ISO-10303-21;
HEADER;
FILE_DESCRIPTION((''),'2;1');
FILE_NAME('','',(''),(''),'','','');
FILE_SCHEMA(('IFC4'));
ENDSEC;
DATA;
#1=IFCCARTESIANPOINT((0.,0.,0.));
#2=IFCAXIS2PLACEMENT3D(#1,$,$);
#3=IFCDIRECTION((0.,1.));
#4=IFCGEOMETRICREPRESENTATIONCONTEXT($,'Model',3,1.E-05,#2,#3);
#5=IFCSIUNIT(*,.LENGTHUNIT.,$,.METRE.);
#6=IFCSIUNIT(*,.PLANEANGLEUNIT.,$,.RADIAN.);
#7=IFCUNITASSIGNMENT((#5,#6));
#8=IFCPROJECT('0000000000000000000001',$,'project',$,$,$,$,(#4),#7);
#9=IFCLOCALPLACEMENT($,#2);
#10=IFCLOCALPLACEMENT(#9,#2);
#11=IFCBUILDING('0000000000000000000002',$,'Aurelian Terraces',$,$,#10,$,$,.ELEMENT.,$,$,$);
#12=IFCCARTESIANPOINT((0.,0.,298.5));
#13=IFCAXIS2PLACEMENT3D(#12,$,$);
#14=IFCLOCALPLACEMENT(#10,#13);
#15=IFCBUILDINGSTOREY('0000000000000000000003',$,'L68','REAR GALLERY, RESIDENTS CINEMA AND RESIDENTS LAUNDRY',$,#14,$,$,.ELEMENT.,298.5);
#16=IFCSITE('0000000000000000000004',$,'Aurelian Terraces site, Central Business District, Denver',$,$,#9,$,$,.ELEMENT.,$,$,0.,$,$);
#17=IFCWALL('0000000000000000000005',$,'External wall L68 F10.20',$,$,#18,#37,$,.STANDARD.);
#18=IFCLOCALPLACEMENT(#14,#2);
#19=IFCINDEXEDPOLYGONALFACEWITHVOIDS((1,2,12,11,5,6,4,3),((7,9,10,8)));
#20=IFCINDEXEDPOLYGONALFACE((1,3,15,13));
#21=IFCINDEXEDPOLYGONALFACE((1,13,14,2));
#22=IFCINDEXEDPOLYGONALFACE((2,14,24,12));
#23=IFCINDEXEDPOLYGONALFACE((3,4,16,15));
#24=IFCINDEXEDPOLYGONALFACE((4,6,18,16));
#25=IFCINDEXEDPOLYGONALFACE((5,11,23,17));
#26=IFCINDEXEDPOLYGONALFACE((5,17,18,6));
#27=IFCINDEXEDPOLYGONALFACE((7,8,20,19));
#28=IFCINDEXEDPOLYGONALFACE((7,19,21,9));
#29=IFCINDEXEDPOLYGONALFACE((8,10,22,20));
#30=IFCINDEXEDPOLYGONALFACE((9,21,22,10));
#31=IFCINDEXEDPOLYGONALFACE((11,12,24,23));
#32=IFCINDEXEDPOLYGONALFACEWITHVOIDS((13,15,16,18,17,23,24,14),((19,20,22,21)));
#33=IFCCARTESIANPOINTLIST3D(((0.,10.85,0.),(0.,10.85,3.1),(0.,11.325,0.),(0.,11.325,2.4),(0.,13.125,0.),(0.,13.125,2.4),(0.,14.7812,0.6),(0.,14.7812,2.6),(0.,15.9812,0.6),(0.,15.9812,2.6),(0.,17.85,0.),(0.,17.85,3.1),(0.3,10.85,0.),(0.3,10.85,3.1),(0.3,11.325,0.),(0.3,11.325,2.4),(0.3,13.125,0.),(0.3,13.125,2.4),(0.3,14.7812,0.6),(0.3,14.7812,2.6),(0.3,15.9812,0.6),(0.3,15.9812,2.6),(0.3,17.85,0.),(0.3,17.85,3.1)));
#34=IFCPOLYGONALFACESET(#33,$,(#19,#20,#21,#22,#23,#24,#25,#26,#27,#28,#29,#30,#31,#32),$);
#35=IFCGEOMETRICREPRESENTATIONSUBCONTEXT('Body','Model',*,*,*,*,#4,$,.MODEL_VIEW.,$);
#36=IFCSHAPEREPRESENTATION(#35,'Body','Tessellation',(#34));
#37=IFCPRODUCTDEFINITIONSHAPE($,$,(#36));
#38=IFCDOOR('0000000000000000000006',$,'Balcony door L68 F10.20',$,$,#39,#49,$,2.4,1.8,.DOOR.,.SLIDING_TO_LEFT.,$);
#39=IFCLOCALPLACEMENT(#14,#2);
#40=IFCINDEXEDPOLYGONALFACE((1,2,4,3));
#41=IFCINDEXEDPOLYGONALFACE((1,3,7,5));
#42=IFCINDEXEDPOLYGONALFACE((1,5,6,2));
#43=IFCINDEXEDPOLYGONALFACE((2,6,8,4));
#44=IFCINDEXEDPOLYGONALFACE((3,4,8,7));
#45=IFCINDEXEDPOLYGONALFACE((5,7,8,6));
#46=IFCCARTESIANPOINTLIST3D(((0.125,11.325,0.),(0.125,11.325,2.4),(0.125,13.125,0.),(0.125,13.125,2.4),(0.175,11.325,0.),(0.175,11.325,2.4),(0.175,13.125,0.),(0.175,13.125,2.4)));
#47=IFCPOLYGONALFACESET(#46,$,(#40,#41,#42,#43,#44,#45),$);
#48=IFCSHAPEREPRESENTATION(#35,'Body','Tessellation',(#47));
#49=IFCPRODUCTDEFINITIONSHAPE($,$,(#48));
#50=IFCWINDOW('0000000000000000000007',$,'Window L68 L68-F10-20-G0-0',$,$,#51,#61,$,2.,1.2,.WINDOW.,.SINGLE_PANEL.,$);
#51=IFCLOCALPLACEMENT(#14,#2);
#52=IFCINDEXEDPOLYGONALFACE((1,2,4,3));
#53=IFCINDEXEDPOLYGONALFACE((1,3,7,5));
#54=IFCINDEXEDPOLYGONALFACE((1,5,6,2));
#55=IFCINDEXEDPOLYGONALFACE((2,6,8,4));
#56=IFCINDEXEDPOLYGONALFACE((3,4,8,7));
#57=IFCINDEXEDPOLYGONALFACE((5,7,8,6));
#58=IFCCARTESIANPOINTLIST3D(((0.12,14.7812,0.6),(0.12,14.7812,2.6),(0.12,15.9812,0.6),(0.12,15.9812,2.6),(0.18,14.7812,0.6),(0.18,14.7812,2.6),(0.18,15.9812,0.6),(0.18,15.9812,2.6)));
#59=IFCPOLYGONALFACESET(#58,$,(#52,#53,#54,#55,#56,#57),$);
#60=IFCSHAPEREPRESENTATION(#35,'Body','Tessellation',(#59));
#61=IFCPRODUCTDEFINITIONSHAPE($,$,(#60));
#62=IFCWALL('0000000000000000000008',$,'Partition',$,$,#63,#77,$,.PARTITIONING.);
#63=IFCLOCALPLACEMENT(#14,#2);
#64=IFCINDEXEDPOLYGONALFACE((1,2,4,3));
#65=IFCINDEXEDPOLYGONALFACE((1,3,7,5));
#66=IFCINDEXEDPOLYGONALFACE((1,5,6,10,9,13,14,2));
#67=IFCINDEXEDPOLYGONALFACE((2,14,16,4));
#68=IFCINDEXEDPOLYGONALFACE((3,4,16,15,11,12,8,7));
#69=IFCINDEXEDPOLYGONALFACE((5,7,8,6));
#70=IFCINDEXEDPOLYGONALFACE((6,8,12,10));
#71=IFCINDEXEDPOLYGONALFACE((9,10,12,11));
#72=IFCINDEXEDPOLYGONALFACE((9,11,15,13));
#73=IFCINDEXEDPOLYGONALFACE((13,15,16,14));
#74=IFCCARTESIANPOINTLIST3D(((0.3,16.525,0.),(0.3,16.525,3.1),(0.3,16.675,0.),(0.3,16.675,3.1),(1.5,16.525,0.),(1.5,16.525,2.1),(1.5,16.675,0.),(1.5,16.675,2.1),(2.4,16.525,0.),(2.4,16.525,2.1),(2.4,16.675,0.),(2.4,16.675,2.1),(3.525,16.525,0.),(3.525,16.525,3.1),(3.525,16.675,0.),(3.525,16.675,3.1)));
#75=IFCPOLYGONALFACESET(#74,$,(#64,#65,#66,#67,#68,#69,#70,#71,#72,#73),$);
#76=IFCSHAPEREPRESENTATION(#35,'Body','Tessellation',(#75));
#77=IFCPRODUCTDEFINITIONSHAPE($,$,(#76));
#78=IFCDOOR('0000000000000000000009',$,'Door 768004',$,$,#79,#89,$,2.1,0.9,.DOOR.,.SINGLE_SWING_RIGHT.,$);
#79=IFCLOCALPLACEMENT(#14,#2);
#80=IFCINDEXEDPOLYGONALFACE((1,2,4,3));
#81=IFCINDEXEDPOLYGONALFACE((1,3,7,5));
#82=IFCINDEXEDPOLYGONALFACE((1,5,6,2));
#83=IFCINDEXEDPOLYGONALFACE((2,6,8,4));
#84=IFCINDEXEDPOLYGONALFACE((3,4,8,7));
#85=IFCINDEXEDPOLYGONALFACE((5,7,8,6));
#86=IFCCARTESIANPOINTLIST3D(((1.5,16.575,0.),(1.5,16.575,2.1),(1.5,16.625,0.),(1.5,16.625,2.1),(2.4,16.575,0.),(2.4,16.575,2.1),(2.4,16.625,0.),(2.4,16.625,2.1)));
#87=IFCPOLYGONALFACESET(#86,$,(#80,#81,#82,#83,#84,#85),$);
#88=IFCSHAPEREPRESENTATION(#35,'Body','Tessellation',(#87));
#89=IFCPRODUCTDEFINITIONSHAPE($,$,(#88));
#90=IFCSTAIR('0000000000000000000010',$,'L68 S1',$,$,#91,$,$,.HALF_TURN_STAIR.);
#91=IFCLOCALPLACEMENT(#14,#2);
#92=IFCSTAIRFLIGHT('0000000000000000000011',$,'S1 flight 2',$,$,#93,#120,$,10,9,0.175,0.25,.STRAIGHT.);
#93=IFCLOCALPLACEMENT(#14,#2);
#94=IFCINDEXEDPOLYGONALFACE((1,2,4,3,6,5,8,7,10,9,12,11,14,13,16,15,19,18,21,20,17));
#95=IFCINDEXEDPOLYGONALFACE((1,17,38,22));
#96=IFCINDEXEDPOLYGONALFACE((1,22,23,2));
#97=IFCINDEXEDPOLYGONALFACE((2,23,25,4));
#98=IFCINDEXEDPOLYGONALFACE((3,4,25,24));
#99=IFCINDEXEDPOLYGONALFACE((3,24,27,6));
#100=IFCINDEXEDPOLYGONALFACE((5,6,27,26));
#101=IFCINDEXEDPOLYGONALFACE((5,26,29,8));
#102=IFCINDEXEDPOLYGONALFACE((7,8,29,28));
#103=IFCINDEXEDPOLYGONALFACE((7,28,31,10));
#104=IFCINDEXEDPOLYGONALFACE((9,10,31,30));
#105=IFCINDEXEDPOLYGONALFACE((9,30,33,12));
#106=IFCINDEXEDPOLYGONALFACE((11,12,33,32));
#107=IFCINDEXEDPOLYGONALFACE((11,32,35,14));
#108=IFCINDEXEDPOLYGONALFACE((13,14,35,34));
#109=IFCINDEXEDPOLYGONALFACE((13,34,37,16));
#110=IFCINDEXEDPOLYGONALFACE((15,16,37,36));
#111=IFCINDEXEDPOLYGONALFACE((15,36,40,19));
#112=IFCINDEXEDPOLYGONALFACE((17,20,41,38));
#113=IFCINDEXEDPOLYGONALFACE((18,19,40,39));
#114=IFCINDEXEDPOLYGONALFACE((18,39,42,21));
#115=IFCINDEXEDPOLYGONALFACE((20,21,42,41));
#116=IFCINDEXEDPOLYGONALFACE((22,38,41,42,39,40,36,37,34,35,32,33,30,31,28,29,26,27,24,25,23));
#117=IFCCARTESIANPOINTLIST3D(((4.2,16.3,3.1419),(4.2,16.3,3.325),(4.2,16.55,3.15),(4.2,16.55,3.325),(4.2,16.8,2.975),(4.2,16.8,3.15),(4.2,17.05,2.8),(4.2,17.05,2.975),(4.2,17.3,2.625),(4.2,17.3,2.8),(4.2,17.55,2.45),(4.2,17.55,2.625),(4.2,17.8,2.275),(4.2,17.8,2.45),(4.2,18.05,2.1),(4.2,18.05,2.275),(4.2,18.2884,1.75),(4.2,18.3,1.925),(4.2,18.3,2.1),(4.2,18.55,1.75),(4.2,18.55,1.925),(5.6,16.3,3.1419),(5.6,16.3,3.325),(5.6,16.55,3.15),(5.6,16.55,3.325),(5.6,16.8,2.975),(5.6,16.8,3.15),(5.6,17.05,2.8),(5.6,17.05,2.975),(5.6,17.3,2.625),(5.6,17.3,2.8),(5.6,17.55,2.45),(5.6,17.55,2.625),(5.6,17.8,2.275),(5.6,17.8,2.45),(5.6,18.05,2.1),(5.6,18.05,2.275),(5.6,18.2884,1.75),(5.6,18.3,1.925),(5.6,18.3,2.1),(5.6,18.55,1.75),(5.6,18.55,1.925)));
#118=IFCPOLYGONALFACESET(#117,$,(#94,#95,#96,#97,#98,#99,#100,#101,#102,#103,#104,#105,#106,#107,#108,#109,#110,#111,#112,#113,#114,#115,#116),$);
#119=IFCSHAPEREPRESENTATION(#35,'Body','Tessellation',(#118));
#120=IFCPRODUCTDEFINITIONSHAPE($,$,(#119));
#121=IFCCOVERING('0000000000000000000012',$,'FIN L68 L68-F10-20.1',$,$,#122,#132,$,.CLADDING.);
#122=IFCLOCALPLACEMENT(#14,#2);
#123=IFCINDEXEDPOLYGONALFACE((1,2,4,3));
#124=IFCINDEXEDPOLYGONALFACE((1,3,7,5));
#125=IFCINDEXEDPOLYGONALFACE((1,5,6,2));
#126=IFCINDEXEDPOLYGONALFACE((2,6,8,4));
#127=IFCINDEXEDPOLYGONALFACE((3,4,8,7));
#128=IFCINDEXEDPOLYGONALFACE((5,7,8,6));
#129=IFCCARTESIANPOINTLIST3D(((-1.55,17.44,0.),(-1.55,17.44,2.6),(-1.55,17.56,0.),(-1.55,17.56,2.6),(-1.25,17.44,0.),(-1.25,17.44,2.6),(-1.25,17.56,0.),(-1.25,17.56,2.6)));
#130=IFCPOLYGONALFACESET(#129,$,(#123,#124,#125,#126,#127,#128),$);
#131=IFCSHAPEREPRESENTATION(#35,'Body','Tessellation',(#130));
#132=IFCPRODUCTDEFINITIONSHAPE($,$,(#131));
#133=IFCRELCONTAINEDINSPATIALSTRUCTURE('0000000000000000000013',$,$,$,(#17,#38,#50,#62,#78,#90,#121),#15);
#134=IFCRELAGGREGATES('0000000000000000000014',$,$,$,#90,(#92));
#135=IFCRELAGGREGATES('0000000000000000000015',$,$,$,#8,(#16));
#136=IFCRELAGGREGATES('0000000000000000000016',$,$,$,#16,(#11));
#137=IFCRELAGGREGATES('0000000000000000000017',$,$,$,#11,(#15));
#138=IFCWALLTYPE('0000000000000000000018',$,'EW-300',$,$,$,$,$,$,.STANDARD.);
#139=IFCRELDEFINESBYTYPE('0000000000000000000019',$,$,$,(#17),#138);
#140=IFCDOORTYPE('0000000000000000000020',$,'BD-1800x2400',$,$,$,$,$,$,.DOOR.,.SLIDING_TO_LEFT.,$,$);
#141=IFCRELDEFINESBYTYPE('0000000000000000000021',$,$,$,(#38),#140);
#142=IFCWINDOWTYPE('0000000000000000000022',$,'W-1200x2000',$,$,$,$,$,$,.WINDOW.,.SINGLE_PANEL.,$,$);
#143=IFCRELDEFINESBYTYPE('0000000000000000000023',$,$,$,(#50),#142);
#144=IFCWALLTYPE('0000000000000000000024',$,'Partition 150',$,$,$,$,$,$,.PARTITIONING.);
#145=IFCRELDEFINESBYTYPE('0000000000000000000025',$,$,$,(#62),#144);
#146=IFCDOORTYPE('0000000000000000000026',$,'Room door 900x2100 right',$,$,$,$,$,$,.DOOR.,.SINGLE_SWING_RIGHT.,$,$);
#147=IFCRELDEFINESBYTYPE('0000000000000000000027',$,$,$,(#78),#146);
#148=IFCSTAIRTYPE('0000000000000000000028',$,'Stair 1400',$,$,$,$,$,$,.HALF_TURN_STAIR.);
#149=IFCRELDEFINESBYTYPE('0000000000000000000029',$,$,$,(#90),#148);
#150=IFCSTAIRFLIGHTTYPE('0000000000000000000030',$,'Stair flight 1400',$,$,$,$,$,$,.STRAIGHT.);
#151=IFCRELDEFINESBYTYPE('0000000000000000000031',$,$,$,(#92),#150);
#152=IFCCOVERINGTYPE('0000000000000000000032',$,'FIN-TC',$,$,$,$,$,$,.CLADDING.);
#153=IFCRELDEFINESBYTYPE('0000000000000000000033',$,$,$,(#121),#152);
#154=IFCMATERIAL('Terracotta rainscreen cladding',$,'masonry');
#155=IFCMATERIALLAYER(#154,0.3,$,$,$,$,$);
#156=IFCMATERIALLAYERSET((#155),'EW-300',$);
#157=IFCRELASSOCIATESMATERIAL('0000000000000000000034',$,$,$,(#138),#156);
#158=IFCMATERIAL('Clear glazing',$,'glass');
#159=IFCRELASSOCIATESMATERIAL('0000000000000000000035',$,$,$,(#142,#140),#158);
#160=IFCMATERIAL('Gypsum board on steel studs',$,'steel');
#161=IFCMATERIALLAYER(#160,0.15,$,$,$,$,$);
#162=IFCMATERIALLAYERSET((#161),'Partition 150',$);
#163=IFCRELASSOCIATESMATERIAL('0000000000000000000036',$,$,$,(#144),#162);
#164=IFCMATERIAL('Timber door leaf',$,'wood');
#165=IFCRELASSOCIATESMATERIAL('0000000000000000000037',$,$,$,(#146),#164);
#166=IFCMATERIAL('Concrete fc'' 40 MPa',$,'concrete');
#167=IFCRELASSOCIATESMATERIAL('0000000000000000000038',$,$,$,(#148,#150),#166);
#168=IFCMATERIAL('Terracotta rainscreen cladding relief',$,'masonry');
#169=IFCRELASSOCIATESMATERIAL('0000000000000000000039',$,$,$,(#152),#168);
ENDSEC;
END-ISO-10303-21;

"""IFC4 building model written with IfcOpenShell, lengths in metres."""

from ifc_helpers import new_model, si_unit, direction, frame, frame_2d, origin, origin_2d, place, context, subcontext, project, spatial, polyline, rectangle, outline, extrude, source, transform, mapped, material, layer, layer_set, type_object, element, fill, aggregate, save


model = new_model("IFC4")

# Units and contexts
model_context = context("Model", 3, precision=1e-05, world=origin(), true_north=direction((0.0, 1.0)))
body_context = subcontext(model_context, "Body", "Model", "MODEL_VIEW")
ifc_project = project(units=[si_unit("LENGTHUNIT", "METRE"), si_unit("PLANEANGLEUNIT", "RADIAN")], contexts=[model_context])

# Site, building, storey
site_placement = place(None, origin())
site = spatial("IfcSite", under=ifc_project, at=site_placement, Name="Aurelian Terraces site, Central Business District, Denver", CompositionType="ELEMENT", RefElevation=0.0)
building_placement = place(site_placement, origin())
building = spatial("IfcBuilding", under=site, at=building_placement, Name="Aurelian Terraces", CompositionType="ELEMENT")
storey_placement = place(building_placement, frame((0.0, 0.0, 298.5)))
storey = spatial("IfcBuildingStorey", under=building, at=storey_placement, Name="L68", Description="REAR GALLERY, RESIDENTS CINEMA AND RESIDENTS LAUNDRY", CompositionType="ELEMENT", Elevation=298.5)

# Shared definitions
ifc_material_1 = material(Name="Terracotta rainscreen cladding", Category="masonry")
ifc_layer_1 = layer(ifc_material_1, 0.3)
ifc_layer_set_1 = layer_set([ifc_layer_1], Name="EW-300")
wall_type_1 = type_object("IfcWallType", Name="EW-300", PredefinedType="STANDARD", material=ifc_layer_set_1)
ifc_material_2 = material(Name="Clear glazing", Category="glass")
shared_shape_1 = source(origin(), body_context, "Body", "SweptSolid", [
    extrude(rectangle(XDim=1.2, YDim=2.0, at=frame_2d((0.6, 1.0))), frame((0.0, 0.16, 0.0), z_axis=(0.0, -1.0, 0.0), x_axis=(1.0, 0.0, 0.0)), (0.0, 0.0, 1.0), 0.32),
])
window_type_1 = type_object("IfcWindowType", Name="W-1200x2000", PartitioningType="SINGLE_PANEL", PredefinedType="WINDOW", material=ifc_material_2)
shared_shape_2 = source(origin(), body_context, "Body", "SweptSolid", [
    extrude(rectangle(XDim=1.2, YDim=2.0, at=frame_2d((0.6, 1.0))), frame((0.0, 0.03, 0.0), z_axis=(0.0, -1.0, 0.0), x_axis=(1.0, 0.0, 0.0)), (0.0, 0.0, 1.0), 0.06),
])

# Wall, openings, door, window
shared_shape_3 = source(origin(), body_context, "Body", "SweptSolid", [
    extrude(rectangle(XDim=7.0, YDim=0.3, at=frame_2d((3.5, 0.0))), origin(), (0.0, 0.0, 1.0), 3.1),
])
wall_1_placement = place(storey_placement, frame((0.15, 17.85, 0.0), z_axis=(0.0, 0.0, 1.0), x_axis=(0.0, -1.0, 0.0)))
wall_1 = element("IfcWall", 1, at=wall_1_placement, inside=storey, type_object=wall_type_1, Name="External wall L68 F10.20", PredefinedType="STANDARD", context=body_context, shape_type="MappedRepresentation", body=[
    mapped(shared_shape_3, transform((0.0, 0.0, 0.0), scale=1.0)),
])
shared_shape_4 = source(origin(), body_context, "Body", "SweptSolid", [
    extrude(rectangle(XDim=1.8, YDim=2.4, at=frame_2d((0.9, 1.2))), frame((0.0, 0.16, 0.0), z_axis=(0.0, -1.0, 0.0), x_axis=(1.0, 0.0, 0.0)), (0.0, 0.0, 1.0), 0.32),
])
opening_1_placement = place(wall_1_placement, frame((4.725, 0.0, 0.0)))
opening_1 = element("IfcOpeningElement", 2, at=opening_1_placement, cuts=wall_1, PredefinedType="OPENING", context=body_context, shape_type="MappedRepresentation", body=[
    mapped(shared_shape_4, transform((0.0, 0.0, 0.0), scale=1.0)),
])
opening_2_placement = place(wall_1_placement, frame((1.8688, 0.0, 0.6)))
opening_2 = element("IfcOpeningElement", 3, at=opening_2_placement, cuts=wall_1, PredefinedType="OPENING", context=body_context, shape_type="MappedRepresentation", body=[
    mapped(shared_shape_1, transform((0.0, 0.0, 0.0), scale=1.0)),
])
door_type_1 = type_object("IfcDoorType", Name="BD-1800x2400", OperationType="SLIDING_TO_LEFT", PredefinedType="DOOR", material=ifc_material_2)
shared_shape_5 = source(origin(), body_context, "Body", "SweptSolid", [
    extrude(rectangle(XDim=1.8, YDim=2.4, at=frame_2d((0.9, 1.2))), frame((0.0, 0.025, 0.0), z_axis=(0.0, -1.0, 0.0), x_axis=(1.0, 0.0, 0.0)), (0.0, 0.0, 1.0), 0.05),
])
door_1_placement = place(opening_1_placement, origin())
door_1 = element("IfcDoor", 4, at=door_1_placement, inside=storey, type_object=door_type_1, Name="Balcony door L68 F10.20", OperationType="SLIDING_TO_LEFT", OverallHeight=2.4, OverallWidth=1.8, PredefinedType="DOOR", context=body_context, shape_type="MappedRepresentation", body=[
    mapped(shared_shape_5, transform((0.0, 0.0, 0.0), scale=1.0)),
])
fill(opening_1, door_1)
window_1_placement = place(opening_2_placement, origin())
window_1 = element("IfcWindow", 5, at=window_1_placement, inside=storey, type_object=window_type_1, Name="Window L68 L68-F10-20-G0-0", OverallHeight=2.0, OverallWidth=1.2, PartitioningType="SINGLE_PANEL", PredefinedType="WINDOW", context=body_context, shape_type="MappedRepresentation", body=[
    mapped(shared_shape_2, transform((0.0, 0.0, 0.0), scale=1.0)),
])
fill(opening_2, window_1)

# Wall, opening, door
ifc_material_3 = material(Name="Gypsum board on steel studs", Category="steel")
ifc_layer_2 = layer(ifc_material_3, 0.15)
ifc_layer_set_2 = layer_set([ifc_layer_2], Name="Partition 150")
wall_type_2 = type_object("IfcWallType", Name="Partition 150", PredefinedType="PARTITIONING", material=ifc_layer_set_2)
shared_shape_6 = source(origin(), body_context, "Body", "SweptSolid", [
    extrude(rectangle(XDim=3.225, YDim=0.15, at=frame_2d((1.6125, 0.0))), origin(), (0.0, 0.0, 1.0), 3.1),
])
wall_2_placement = place(storey_placement, frame((0.3, 16.6, 0.0), z_axis=(0.0, 0.0, 1.0), x_axis=(1.0, 0.0, 0.0)))
wall_2 = element("IfcWall", 6, at=wall_2_placement, inside=storey, type_object=wall_type_2, Name="Partition", PredefinedType="PARTITIONING", context=body_context, shape_type="MappedRepresentation", body=[
    mapped(shared_shape_6, transform((0.0, 0.0, 0.0), scale=1.0)),
])
shared_shape_7 = source(origin(), body_context, "Body", "SweptSolid", [
    extrude(rectangle(XDim=0.9, YDim=2.1, at=frame_2d((0.45, 1.05))), frame((0.0, 0.085, 0.0), z_axis=(0.0, -1.0, 0.0), x_axis=(1.0, 0.0, 0.0)), (0.0, 0.0, 1.0), 0.17),
])
opening_3_placement = place(wall_2_placement, frame((1.2, 0.0, 0.0)))
opening_3 = element("IfcOpeningElement", 7, at=opening_3_placement, cuts=wall_2, PredefinedType="OPENING", context=body_context, shape_type="MappedRepresentation", body=[
    mapped(shared_shape_7, transform((0.0, 0.0, 0.0), scale=1.0)),
])
ifc_material_4 = material(Name="Timber door leaf", Category="wood")
door_type_2 = type_object("IfcDoorType", Name="Room door 900x2100 right", OperationType="SINGLE_SWING_RIGHT", PredefinedType="DOOR", material=ifc_material_4)
shared_shape_8 = source(origin(), body_context, "Body", "SweptSolid", [
    extrude(rectangle(XDim=0.9, YDim=2.1, at=frame_2d((0.45, 1.05))), frame((0.0, 0.025, 0.0), z_axis=(0.0, -1.0, 0.0), x_axis=(1.0, 0.0, 0.0)), (0.0, 0.0, 1.0), 0.05),
])
door_2_placement = place(opening_3_placement, origin())
door_2 = element("IfcDoor", 8, at=door_2_placement, inside=storey, type_object=door_type_2, Name="Door 768004", OperationType="SINGLE_SWING_RIGHT", OverallHeight=2.1, OverallWidth=0.9, PredefinedType="DOOR", context=body_context, shape_type="MappedRepresentation", body=[
    mapped(shared_shape_8, transform((0.0, 0.0, 0.0), scale=1.0)),
])
fill(opening_3, door_2)

# Stair, stair flight
ifc_material_5 = material(Name="Concrete fc' 40 MPa", Category="concrete")
stair_type = type_object("IfcStairType", Name="Stair 1400", PredefinedType="HALF_TURN_STAIR", material=ifc_material_5)
stair_placement = place(storey_placement, origin())
stair = element("IfcStair", 9, at=stair_placement, inside=storey, type_object=stair_type, Name="L68 S1", PredefinedType="HALF_TURN_STAIR")
stair_flight_type = type_object("IfcStairFlightType", Name="Stair flight 1400", PredefinedType="STRAIGHT", material=ifc_material_5)
shared_shape_9 = source(origin(), body_context, "Body", "SweptSolid", [
    extrude(outline(polyline([(0.0, 0.0), (0.0, 0.175), (0.25, 0.175), (0.25, 0.35), (0.5, 0.35), (0.5, 0.525), (0.75, 0.525), (0.75, 0.7), (1.0, 0.7), (1.0, 0.875), (1.25, 0.875), (1.25, 1.05), (1.5, 1.05), (1.5, 1.225), (1.75, 1.225), (1.75, 1.4), (2.0, 1.4), (2.0, 1.575), (2.25, 1.575), (2.25, 1.75), (2.25, 1.3919), (0.2616, 0.0), (0.0, 0.0)])), frame((0.0, 0.7, 0.0), z_axis=(0.0, -1.0, 0.0), x_axis=(1.0, 0.0, 0.0)), (0.0, 0.0, 1.0), 1.4),
])
stair_flight_placement = place(storey_placement, frame((4.9, 18.55, 1.75), z_axis=(0.0, 0.0, 1.0), x_axis=(0.0, -1.0, 0.0)))
stair_flight = element("IfcStairFlight", 10, at=stair_flight_placement, type_object=stair_flight_type, Name="S1 flight 2", NumberOfRisers=10, NumberOfTreads=9, PredefinedType="STRAIGHT", RiserHeight=0.175, TreadLength=0.25, context=body_context, shape_type="MappedRepresentation", body=[
    mapped(shared_shape_9, transform((0.0, 0.0, 0.0), scale=1.0)),
])
aggregate(stair, [stair_flight])

# Covering
ifc_material_6 = material(Name="Terracotta rainscreen cladding relief", Category="masonry")
covering_type = type_object("IfcCoveringType", Name="FIN-TC", PredefinedType="CLADDING", material=ifc_material_6)
shared_shape_10 = source(origin(), body_context, "Body", "SweptSolid", [
    extrude(rectangle(XDim=0.3, YDim=0.12, at=origin_2d()), origin(), (0.0, 0.0, 1.0), 2.6),
])
covering_placement = place(storey_placement, frame((-1.4, 17.5, 0.0), z_axis=(0.0, 0.0, 1.0), x_axis=(1.0, 0.0, 0.0)))
element("IfcCovering", 11, at=covering_placement, inside=storey, type_object=covering_type, Name="FIN L68 L68-F10-20.1", PredefinedType="CLADDING", context=body_context, shape_type="MappedRepresentation", body=[
    mapped(shared_shape_10, transform((0.0, 0.0, 0.0), scale=1.0)),
])

save(model, "model.ifc")
